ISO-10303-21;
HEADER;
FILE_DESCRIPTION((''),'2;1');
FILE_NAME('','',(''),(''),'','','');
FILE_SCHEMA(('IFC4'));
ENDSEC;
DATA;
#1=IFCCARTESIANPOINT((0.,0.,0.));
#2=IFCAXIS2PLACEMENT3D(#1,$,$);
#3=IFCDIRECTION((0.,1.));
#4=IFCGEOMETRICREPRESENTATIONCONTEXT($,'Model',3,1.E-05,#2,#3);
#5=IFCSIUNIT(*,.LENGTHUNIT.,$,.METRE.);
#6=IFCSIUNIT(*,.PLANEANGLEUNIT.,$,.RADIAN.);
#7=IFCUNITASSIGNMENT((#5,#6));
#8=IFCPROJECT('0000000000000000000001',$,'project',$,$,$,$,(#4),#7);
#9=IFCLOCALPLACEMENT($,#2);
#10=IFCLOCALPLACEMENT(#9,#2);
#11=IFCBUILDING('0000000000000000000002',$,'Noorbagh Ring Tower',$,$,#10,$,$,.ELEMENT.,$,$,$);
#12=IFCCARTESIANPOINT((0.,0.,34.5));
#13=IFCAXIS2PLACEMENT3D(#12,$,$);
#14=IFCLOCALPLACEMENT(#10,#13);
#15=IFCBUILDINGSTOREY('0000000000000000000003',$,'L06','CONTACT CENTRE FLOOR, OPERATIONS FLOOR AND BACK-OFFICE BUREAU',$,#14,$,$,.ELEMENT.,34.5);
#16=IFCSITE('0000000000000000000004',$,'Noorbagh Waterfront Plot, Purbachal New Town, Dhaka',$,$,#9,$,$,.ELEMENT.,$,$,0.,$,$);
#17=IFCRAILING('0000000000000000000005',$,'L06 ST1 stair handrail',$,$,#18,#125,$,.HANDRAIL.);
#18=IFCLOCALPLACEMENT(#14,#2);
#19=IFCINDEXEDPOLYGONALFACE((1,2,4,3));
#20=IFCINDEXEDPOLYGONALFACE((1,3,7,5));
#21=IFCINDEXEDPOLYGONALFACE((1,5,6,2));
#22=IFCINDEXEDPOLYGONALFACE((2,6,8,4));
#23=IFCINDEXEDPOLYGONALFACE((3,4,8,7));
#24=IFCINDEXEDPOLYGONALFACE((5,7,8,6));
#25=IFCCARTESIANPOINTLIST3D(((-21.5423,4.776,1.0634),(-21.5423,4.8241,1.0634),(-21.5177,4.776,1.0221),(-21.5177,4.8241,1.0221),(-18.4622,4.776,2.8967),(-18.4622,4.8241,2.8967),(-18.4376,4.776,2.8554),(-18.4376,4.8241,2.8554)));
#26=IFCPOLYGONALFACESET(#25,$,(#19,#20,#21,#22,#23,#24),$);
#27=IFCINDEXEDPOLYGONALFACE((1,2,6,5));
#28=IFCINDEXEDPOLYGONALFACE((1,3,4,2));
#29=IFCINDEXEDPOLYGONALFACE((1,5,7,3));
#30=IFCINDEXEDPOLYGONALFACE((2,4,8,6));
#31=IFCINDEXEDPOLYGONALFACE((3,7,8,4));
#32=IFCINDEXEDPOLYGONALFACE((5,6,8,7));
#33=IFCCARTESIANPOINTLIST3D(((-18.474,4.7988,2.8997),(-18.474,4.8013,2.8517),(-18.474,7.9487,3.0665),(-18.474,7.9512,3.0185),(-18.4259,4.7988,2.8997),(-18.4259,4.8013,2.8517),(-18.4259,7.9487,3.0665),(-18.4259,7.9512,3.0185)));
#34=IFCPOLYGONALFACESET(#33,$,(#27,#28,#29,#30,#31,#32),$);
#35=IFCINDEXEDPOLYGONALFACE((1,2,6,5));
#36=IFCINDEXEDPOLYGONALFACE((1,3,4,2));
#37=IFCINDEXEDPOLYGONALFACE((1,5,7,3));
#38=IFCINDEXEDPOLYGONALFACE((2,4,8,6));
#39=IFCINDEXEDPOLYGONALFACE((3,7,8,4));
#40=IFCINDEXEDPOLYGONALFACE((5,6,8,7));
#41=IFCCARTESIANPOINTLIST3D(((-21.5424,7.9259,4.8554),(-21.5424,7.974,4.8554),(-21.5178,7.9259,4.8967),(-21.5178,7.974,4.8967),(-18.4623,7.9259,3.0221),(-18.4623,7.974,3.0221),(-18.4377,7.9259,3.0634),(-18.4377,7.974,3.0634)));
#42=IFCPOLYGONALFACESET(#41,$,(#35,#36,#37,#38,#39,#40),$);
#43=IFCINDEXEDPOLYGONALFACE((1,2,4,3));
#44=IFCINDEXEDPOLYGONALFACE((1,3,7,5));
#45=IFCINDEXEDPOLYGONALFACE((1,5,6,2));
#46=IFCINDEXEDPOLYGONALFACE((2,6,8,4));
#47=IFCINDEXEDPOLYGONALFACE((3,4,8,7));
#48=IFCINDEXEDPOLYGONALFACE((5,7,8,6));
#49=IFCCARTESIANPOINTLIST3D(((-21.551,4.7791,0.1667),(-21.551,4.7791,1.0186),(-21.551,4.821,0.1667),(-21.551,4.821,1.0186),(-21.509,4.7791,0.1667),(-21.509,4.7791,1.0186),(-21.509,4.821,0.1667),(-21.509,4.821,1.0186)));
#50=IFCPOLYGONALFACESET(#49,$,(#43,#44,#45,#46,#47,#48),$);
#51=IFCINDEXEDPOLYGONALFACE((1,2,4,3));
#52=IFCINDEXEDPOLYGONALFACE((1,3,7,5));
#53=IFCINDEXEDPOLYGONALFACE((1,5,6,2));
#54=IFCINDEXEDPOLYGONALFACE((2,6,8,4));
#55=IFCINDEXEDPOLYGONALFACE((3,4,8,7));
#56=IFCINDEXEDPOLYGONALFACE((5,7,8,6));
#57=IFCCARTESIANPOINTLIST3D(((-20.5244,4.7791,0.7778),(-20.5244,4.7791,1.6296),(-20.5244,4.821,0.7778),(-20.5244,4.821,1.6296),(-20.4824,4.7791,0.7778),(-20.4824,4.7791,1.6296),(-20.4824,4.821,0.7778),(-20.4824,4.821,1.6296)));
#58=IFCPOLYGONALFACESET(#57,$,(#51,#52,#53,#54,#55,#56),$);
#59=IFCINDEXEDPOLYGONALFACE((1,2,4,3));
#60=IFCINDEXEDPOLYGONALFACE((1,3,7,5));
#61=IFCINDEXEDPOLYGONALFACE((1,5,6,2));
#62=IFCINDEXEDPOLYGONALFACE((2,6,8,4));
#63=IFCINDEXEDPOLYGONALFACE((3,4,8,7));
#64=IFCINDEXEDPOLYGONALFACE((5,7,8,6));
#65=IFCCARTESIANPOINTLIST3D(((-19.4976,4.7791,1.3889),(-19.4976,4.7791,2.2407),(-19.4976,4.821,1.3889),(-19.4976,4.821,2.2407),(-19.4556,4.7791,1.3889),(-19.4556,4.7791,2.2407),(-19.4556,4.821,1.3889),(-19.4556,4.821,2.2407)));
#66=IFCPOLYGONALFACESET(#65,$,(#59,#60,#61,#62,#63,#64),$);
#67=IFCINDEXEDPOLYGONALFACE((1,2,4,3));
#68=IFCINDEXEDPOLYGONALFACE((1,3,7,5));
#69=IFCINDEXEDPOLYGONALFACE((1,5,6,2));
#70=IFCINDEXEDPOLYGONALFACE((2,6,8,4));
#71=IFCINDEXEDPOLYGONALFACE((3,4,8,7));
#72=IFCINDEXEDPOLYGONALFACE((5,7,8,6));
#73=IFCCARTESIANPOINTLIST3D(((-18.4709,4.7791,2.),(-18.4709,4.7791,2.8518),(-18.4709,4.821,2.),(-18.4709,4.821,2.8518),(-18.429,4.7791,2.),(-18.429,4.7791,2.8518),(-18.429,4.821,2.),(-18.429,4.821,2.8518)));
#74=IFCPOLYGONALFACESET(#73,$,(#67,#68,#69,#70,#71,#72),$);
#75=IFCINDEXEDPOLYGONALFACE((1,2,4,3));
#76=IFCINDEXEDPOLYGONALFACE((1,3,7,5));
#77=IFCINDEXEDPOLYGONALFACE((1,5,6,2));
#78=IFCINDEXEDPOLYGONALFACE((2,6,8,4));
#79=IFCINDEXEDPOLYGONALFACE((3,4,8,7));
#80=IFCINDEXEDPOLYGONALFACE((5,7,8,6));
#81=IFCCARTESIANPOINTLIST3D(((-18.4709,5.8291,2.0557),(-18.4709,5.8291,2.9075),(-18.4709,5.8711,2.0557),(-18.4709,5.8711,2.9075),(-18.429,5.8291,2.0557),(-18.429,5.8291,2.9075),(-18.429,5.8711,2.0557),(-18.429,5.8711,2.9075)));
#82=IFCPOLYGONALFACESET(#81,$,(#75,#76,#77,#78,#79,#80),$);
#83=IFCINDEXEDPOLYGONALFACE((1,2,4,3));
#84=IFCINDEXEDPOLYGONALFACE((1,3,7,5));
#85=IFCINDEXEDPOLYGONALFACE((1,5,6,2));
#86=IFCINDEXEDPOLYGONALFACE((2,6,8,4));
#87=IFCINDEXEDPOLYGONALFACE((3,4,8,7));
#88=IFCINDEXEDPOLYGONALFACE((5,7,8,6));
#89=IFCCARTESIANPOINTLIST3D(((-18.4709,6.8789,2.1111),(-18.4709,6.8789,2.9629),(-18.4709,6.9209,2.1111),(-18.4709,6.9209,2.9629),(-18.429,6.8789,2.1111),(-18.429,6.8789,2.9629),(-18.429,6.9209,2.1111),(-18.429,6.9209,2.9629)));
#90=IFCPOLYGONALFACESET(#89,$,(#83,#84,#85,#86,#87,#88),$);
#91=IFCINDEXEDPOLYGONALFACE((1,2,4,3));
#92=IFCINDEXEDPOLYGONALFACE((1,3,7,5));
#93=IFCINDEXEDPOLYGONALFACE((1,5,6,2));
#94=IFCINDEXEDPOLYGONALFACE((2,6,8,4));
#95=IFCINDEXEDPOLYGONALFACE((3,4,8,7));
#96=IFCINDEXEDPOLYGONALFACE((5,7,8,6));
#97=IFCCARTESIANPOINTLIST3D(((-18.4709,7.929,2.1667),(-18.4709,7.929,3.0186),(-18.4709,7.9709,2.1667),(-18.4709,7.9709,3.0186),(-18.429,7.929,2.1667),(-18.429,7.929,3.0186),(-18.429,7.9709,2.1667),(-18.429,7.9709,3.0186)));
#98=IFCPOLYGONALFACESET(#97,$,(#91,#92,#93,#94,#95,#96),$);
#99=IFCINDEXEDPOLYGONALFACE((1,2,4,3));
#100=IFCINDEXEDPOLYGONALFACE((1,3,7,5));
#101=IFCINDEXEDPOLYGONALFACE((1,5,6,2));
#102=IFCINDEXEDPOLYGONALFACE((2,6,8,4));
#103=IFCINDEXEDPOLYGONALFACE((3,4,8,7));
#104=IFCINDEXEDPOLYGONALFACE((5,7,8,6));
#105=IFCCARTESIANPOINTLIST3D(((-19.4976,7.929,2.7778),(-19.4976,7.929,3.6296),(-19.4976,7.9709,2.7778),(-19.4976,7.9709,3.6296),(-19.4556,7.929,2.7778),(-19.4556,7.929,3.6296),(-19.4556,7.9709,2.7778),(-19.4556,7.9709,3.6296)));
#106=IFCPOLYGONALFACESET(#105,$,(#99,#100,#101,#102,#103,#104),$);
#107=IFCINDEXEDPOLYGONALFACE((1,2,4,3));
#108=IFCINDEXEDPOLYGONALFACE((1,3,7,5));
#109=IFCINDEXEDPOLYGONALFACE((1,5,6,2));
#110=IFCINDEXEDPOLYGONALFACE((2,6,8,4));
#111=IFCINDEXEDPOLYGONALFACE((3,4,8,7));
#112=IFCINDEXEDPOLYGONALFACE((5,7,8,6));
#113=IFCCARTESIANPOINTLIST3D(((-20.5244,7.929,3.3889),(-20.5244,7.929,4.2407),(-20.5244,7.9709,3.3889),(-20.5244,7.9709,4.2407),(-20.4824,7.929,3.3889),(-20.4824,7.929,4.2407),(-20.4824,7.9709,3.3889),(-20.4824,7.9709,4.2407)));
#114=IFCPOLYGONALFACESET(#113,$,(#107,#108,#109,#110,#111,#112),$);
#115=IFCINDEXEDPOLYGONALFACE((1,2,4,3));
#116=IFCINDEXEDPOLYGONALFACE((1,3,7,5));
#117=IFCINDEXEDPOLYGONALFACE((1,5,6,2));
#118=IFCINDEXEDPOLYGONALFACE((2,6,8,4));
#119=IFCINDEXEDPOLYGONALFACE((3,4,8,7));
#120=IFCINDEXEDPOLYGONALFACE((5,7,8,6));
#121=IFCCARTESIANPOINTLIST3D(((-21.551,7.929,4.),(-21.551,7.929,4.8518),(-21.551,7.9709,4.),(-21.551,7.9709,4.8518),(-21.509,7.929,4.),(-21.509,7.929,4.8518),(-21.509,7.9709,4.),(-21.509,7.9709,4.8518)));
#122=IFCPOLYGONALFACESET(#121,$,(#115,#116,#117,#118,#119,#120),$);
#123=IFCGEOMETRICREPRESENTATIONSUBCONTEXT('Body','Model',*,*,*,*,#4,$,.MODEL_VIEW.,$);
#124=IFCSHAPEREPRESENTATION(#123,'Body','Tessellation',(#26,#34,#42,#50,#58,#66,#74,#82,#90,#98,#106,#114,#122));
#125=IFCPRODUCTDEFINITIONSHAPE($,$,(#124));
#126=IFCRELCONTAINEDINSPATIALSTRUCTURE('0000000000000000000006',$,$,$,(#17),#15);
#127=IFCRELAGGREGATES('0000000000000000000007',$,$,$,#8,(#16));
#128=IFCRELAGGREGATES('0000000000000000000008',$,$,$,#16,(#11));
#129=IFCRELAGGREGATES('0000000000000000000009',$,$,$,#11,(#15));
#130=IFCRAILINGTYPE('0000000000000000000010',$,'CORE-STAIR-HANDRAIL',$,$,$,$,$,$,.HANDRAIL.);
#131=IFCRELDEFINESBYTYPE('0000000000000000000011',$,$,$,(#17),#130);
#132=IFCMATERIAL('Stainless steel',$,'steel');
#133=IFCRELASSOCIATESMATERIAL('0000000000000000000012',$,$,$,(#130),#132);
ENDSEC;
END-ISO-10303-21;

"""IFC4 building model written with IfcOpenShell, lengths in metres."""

from ifc_helpers import new_model, si_unit, direction, frame, origin, origin_2d, place, context, subcontext, project, spatial, rectangle, extrude, material, type_object, element, save


model = new_model("IFC4")

# Units and contexts
model_context = context("Model", 3, precision=1e-05, world=origin(), true_north=direction((0.0, 1.0)))
body_context = subcontext(model_context, "Body", "Model", "MODEL_VIEW")
ifc_project = project(units=[si_unit("LENGTHUNIT", "METRE"), si_unit("PLANEANGLEUNIT", "RADIAN")], contexts=[model_context])

# Site, building, storey
site_placement = place(None, origin())
site = spatial("IfcSite", under=ifc_project, at=site_placement, Name="Noorbagh Waterfront Plot, Purbachal New Town, Dhaka", CompositionType="ELEMENT", RefElevation=0.0)
building_placement = place(site_placement, origin())
building = spatial("IfcBuilding", under=site, at=building_placement, Name="Noorbagh Ring Tower", CompositionType="ELEMENT")
storey_placement = place(building_placement, frame((0.0, 0.0, 34.5)))
storey = spatial("IfcBuildingStorey", under=building, at=storey_placement, Name="L06", Description="CONTACT CENTRE FLOOR, OPERATIONS FLOOR AND BACK-OFFICE BUREAU", CompositionType="ELEMENT", Elevation=34.5)

# Railing
ifc_material_1 = material(Name="Stainless steel", Category="steel")
railing_type_1 = type_object("IfcRailingType", Name="CORE-STAIR-HANDRAIL", PredefinedType="HANDRAIL", material=ifc_material_1)
railing_1_placement = place(storey_placement, frame((-21.53, 4.8, 0.1667)))
element("IfcRailing", 1, at=railing_1_placement, inside=storey, type_object=railing_type_1, Name="L06 ST1 stair handrail", PredefinedType="HANDRAIL", context=body_context, shape_type="SweptSolid", body=[
    extrude(rectangle(XDim=0.0481, YDim=0.0481, at=origin_2d()), frame((0.0, 0.0, 0.876), z_axis=(0.859309, 0.0, 0.511458), x_axis=(0.0, 1.0, 0.0)), (0.0, 0.0, 1.0), 3.5845),
    extrude(rectangle(XDim=0.0481, YDim=0.0481, at=origin_2d()), frame((3.0801, 0.0, 2.709), z_axis=(0.0, 0.998602, 0.052864), x_axis=(-1.0, 0.0, 0.0)), (0.0, 0.0, 1.0), 3.1543),
    extrude(rectangle(XDim=0.0481, YDim=0.0481, at=origin_2d()), frame((3.0801, 3.1499, 2.876), z_axis=(-0.859309, 0.0, 0.511458), x_axis=(0.0, -1.0, 0.0)), (0.0, 0.0, 1.0), 3.5845),
    extrude(rectangle(XDim=0.042, YDim=0.042, at=origin_2d()), origin(), (0.0, 0.0, 1.0), 0.8518),
    extrude(rectangle(XDim=0.042, YDim=0.042, at=origin_2d()), frame((1.0266, 0.0, 0.6111)), (0.0, 0.0, 1.0), 0.8518),
    extrude(rectangle(XDim=0.042, YDim=0.042, at=origin_2d()), frame((2.0535, 0.0, 1.2222)), (0.0, 0.0, 1.0), 0.8518),
    extrude(rectangle(XDim=0.042, YDim=0.042, at=origin_2d()), frame((3.0801, 0.0, 1.8333)), (0.0, 0.0, 1.0), 0.8518),
    extrude(rectangle(XDim=0.042, YDim=0.042, at=origin_2d()), frame((3.0801, 1.05, 1.8889)), (0.0, 0.0, 1.0), 0.8518),
    extrude(rectangle(XDim=0.042, YDim=0.042, at=origin_2d()), frame((3.0801, 2.0999, 1.9443)), (0.0, 0.0, 1.0), 0.8518),
    extrude(rectangle(XDim=0.042, YDim=0.042, at=origin_2d()), frame((3.0801, 3.1499, 2.0)), (0.0, 0.0, 1.0), 0.8518),
    extrude(rectangle(XDim=0.042, YDim=0.042, at=origin_2d()), frame((2.0535, 3.1499, 2.6111)), (0.0, 0.0, 1.0), 0.8518),
    extrude(rectangle(XDim=0.042, YDim=0.042, at=origin_2d()), frame((1.0266, 3.1499, 3.2222)), (0.0, 0.0, 1.0), 0.8518),
    extrude(rectangle(XDim=0.042, YDim=0.042, at=origin_2d()), frame((0.0, 3.1499, 3.8333)), (0.0, 0.0, 1.0), 0.8518),
])

save(model, "model.ifc")
